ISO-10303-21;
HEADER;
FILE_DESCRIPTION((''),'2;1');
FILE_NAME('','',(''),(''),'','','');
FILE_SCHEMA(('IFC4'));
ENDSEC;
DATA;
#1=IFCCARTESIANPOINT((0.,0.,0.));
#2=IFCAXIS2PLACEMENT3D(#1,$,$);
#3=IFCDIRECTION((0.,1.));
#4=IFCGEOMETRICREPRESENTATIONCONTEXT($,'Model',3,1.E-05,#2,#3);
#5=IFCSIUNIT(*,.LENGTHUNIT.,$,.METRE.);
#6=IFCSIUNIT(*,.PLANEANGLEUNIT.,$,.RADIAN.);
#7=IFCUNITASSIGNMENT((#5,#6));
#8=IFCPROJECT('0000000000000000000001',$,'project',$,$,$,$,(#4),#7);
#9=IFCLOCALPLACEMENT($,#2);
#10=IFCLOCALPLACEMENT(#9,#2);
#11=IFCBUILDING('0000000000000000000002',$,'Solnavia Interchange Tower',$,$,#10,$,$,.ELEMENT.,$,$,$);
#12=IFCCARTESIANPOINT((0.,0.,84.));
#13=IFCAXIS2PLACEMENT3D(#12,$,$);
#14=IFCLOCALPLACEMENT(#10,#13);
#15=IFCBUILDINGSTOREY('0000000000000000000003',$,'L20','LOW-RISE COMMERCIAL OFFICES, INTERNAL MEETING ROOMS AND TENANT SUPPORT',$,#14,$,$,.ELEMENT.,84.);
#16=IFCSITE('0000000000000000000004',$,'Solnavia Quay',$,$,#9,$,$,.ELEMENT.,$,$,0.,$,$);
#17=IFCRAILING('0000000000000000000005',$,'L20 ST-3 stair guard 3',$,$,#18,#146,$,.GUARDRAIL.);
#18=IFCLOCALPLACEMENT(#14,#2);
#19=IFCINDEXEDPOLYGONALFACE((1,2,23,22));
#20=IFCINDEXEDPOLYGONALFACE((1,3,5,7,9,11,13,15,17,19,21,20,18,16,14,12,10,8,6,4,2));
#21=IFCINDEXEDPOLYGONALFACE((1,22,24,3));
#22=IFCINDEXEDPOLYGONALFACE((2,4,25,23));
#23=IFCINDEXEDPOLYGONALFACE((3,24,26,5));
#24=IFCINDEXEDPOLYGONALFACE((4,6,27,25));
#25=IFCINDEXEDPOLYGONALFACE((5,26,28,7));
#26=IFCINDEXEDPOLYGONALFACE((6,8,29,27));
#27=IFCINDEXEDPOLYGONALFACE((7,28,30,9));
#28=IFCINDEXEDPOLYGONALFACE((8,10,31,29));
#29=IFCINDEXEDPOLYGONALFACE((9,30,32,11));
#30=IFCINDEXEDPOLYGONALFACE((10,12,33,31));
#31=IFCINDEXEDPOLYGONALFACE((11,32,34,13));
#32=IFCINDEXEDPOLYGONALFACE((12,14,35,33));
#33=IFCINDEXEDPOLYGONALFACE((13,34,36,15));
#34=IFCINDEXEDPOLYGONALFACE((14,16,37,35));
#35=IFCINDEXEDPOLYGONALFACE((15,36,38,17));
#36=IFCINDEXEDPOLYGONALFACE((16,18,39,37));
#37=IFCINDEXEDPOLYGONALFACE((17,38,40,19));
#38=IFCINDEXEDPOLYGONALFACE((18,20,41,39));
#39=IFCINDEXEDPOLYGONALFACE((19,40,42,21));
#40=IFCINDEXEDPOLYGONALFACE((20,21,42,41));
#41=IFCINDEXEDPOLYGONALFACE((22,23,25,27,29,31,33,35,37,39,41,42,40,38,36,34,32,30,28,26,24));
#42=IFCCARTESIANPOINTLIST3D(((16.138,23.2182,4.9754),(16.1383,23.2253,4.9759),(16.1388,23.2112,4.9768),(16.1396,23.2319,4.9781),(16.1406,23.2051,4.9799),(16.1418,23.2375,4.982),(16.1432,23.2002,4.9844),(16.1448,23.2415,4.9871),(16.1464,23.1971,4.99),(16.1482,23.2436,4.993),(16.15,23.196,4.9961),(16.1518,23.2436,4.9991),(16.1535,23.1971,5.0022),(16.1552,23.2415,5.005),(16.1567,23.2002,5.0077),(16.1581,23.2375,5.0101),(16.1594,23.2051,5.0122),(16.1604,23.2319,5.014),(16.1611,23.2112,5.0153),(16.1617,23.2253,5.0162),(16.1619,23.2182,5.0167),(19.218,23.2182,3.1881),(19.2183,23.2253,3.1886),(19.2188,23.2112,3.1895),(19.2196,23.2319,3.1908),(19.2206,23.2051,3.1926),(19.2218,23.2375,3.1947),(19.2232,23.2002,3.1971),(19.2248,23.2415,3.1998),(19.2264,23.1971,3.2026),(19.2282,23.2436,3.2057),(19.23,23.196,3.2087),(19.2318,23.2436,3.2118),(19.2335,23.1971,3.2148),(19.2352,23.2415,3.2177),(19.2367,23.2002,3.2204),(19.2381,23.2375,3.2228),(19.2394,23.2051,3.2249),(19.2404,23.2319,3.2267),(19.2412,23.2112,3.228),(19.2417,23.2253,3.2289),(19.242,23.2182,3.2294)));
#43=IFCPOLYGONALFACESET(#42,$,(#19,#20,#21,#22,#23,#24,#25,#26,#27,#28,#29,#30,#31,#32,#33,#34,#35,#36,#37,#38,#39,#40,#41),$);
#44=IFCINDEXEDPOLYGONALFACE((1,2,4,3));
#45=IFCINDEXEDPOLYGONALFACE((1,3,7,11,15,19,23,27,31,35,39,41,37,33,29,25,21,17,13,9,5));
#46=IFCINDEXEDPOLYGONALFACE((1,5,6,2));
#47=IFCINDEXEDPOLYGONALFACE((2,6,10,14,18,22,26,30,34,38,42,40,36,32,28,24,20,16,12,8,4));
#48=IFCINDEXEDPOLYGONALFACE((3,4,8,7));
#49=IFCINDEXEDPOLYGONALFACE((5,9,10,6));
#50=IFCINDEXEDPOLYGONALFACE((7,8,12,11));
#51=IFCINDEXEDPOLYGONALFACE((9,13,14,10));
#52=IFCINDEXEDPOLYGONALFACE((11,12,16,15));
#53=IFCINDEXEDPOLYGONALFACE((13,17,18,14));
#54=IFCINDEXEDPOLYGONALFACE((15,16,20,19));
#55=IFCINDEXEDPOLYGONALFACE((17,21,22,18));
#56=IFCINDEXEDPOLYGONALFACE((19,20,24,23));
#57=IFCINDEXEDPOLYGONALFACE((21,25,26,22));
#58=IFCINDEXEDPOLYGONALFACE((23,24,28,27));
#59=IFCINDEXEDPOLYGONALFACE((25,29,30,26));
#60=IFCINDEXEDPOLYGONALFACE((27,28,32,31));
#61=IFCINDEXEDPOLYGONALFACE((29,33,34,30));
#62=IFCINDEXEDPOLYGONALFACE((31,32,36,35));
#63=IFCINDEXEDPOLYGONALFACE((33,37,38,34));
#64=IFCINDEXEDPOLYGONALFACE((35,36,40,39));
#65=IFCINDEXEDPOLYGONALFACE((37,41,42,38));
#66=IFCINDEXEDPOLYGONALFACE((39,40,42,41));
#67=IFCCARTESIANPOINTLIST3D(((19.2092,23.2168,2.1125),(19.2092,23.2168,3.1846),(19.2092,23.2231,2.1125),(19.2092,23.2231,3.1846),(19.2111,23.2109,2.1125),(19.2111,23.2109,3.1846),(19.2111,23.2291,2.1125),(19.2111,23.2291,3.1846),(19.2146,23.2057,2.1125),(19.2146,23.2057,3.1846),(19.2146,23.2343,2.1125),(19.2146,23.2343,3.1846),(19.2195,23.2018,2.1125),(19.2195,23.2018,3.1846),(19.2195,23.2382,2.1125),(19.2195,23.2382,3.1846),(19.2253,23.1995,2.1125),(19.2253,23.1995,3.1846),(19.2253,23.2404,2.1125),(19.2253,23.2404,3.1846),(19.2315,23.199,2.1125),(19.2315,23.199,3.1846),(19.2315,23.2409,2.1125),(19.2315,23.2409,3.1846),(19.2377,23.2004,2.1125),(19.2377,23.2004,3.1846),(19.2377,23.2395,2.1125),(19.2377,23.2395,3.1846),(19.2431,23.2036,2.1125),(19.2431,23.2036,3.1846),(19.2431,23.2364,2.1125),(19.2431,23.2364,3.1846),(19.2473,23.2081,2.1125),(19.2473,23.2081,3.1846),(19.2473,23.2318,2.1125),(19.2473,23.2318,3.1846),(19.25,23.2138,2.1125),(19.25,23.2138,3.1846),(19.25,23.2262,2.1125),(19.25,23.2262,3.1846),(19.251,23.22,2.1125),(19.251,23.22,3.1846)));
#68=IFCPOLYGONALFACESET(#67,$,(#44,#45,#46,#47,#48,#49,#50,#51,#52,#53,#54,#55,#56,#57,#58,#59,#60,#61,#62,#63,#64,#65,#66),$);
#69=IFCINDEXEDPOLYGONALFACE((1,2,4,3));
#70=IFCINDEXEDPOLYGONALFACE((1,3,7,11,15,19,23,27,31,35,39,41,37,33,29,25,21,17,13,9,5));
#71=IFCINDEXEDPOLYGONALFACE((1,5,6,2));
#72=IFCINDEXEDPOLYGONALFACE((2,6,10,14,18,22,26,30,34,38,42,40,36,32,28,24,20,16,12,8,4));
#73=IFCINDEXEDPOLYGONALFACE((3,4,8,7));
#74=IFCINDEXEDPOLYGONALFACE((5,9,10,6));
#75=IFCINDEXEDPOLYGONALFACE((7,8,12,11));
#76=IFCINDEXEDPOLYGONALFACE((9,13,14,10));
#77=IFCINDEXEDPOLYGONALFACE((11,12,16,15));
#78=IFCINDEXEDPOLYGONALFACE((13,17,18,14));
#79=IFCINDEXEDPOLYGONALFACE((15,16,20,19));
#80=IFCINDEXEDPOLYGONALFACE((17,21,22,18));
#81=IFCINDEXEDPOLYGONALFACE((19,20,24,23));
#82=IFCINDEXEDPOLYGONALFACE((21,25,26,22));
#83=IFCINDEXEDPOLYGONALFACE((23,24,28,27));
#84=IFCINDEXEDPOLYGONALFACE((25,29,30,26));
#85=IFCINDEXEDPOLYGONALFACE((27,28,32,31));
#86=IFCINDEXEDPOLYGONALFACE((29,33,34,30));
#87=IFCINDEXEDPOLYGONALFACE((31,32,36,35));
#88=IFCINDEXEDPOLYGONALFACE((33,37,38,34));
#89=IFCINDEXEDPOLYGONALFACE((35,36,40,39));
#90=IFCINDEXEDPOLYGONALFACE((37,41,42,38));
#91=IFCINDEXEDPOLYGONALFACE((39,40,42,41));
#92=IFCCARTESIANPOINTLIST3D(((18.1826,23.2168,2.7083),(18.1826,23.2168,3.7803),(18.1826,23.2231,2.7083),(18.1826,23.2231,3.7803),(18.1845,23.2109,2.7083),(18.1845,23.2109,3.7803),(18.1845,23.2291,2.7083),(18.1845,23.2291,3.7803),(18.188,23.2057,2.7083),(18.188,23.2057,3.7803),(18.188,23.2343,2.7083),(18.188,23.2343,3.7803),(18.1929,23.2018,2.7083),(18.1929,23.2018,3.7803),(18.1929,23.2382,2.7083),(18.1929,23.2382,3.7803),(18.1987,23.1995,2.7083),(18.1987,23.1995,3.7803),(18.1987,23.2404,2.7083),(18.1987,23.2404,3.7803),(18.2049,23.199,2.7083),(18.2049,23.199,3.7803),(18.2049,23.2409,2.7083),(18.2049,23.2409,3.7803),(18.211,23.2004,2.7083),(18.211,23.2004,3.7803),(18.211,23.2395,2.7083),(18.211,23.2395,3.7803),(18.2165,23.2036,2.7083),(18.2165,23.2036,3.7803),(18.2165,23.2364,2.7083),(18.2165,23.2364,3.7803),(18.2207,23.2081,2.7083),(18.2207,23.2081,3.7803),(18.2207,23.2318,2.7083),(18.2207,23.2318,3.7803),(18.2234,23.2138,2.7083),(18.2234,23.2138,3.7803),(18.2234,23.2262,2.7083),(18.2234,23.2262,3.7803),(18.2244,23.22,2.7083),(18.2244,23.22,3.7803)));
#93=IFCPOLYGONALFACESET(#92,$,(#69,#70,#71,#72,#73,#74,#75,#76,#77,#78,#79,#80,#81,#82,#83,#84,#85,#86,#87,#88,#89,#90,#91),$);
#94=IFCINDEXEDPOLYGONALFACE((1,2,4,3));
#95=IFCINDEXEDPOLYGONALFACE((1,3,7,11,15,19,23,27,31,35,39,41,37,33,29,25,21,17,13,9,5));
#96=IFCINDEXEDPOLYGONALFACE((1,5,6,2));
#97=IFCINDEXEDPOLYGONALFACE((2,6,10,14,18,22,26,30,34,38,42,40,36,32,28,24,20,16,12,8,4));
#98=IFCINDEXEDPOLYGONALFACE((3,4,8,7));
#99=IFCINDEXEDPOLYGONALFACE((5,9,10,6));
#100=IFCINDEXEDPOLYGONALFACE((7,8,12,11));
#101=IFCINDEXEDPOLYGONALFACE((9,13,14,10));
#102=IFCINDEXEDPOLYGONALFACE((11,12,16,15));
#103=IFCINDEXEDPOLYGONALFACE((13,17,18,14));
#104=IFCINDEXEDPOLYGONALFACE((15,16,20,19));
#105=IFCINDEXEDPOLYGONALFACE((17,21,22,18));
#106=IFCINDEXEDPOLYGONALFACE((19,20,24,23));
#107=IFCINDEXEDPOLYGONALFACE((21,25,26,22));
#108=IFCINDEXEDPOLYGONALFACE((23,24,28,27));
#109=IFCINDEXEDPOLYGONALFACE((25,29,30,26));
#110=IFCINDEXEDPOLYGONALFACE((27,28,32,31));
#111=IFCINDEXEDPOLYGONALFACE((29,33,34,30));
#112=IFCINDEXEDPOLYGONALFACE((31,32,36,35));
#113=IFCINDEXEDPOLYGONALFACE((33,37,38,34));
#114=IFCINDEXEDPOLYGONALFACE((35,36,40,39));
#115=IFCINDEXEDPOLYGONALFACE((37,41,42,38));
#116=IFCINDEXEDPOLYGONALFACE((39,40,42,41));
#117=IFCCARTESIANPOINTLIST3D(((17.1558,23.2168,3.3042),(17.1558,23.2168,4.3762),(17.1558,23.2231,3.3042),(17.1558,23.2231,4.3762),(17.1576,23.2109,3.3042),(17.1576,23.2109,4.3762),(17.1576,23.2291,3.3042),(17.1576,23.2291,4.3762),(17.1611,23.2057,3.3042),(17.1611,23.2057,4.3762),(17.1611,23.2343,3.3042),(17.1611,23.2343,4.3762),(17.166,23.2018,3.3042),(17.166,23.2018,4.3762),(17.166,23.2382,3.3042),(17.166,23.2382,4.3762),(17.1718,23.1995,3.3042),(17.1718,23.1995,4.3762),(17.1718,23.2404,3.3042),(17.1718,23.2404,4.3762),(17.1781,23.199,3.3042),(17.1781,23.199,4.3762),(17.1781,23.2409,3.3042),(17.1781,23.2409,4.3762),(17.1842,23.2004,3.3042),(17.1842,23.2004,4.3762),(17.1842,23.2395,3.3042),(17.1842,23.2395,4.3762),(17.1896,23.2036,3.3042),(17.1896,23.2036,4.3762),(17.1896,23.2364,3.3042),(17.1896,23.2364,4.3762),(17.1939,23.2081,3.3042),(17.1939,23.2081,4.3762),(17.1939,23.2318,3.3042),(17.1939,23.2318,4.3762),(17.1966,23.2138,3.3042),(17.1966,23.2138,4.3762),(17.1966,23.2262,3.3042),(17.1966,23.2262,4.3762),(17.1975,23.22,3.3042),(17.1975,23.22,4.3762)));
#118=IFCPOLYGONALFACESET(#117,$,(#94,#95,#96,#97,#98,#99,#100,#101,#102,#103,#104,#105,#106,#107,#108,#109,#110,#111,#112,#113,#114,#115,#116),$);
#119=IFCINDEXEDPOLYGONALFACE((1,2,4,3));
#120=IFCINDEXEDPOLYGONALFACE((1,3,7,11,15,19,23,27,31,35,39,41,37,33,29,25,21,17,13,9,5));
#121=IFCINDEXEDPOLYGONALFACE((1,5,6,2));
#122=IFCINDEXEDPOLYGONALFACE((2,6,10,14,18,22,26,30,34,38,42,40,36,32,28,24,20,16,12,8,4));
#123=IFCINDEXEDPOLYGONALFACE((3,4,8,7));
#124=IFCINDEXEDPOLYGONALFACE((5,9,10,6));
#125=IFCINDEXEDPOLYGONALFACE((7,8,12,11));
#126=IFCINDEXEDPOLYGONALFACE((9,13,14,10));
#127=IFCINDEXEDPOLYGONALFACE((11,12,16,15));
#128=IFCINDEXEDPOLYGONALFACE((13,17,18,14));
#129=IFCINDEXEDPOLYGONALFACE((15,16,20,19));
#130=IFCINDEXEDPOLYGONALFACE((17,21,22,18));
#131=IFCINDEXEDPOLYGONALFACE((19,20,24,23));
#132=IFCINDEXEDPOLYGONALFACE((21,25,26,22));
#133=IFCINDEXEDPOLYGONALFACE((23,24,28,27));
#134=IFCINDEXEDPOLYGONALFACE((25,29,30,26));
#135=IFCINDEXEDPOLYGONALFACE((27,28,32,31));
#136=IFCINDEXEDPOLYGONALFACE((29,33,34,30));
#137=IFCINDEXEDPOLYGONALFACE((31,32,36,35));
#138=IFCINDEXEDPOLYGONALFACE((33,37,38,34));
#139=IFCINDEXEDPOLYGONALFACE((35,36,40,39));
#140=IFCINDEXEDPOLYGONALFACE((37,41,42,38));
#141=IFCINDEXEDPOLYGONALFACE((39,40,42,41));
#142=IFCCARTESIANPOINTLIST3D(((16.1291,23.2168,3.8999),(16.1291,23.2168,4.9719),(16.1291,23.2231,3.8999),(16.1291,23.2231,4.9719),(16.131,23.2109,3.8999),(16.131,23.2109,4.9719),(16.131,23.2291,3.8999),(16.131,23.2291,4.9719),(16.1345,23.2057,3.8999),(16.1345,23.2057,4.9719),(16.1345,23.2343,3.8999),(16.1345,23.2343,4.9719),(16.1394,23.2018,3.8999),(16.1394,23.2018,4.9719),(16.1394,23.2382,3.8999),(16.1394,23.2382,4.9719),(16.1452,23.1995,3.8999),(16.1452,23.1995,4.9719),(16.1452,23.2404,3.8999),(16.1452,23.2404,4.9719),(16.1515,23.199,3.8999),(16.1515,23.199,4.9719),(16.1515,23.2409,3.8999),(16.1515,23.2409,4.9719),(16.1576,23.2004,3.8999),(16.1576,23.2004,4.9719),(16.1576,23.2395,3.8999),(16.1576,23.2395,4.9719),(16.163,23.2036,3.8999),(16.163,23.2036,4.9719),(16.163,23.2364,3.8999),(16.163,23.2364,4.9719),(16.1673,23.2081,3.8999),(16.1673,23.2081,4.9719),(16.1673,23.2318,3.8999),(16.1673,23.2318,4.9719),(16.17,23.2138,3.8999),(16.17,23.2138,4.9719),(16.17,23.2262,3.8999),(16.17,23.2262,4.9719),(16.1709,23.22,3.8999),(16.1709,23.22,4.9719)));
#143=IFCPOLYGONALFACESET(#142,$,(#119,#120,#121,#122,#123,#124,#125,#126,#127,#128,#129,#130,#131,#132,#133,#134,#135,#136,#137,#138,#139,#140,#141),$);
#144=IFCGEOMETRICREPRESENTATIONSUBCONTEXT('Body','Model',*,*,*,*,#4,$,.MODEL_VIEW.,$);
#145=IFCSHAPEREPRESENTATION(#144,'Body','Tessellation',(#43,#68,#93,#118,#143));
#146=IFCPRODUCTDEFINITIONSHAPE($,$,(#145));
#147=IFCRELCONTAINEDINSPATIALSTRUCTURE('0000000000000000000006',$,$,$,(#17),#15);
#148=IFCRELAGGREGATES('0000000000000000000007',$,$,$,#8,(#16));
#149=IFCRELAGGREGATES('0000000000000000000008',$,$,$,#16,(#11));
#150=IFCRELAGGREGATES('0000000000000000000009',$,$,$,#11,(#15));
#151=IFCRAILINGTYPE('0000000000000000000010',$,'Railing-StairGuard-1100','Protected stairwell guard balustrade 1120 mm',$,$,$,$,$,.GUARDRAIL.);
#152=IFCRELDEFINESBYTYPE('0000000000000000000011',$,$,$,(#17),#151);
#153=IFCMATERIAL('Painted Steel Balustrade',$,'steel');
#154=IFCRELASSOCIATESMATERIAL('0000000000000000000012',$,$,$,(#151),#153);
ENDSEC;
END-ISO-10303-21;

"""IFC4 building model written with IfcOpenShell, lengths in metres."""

from ifc_helpers import new_model, si_unit, direction, frame, origin, origin_2d, place, context, subcontext, project, spatial, circle, extrude, material, type_object, element, save


model = new_model("IFC4")

# Units and contexts
model_context = context("Model", 3, precision=1e-05, world=origin(), true_north=direction((0.0, 1.0)))
body_context = subcontext(model_context, "Body", "Model", "MODEL_VIEW")
ifc_project = project(units=[si_unit("LENGTHUNIT", "METRE"), si_unit("PLANEANGLEUNIT", "RADIAN")], contexts=[model_context])

# Site, building, storey
site_placement = place(None, origin())
site = spatial("IfcSite", under=ifc_project, at=site_placement, Name="Solnavia Quay", CompositionType="ELEMENT", RefElevation=0.0)
building_placement = place(site_placement, origin())
building = spatial("IfcBuilding", under=site, at=building_placement, Name="Solnavia Interchange Tower", CompositionType="ELEMENT")
storey_placement = place(building_placement, frame((0.0, 0.0, 84.0)))
storey = spatial("IfcBuildingStorey", under=building, at=storey_placement, Name="L20", Description="LOW-RISE COMMERCIAL OFFICES, INTERNAL MEETING ROOMS AND TENANT SUPPORT", CompositionType="ELEMENT", Elevation=84.0)

# Railing
ifc_material_1 = material(Name="Painted Steel Balustrade", Category="steel")
railing_type_1 = type_object("IfcRailingType", Name="Railing-StairGuard-1100", Description="Protected stairwell guard balustrade 1120 mm", PredefinedType="GUARDRAIL", material=ifc_material_1)
railing_1_placement = place(storey_placement, frame((19.23, 23.22, 2.1125)))
element("IfcRailing", 1, at=railing_1_placement, inside=storey, type_object=railing_type_1, Name="L20 ST-3 stair guard 3", PredefinedType="GUARDRAIL", context=body_context, shape_type="SweptSolid", body=[
    extrude(circle(Radius=0.0239, at=origin_2d()), frame((0.0, 0.0, 1.0962), z_axis=(-0.86492, 0.0, 0.501909), x_axis=(0.0, -1.0, 0.0)), (0.0, 0.0, 1.0), 3.561),
    extrude(circle(Radius=0.021, at=origin_2d()), origin(), (0.0, 0.0, 1.0), 1.072),
    extrude(circle(Radius=0.021, at=origin_2d()), frame((-1.0266, 0.0, 0.5957)), (0.0, 0.0, 1.0), 1.072),
    extrude(circle(Radius=0.021, at=origin_2d()), frame((-2.0535, 0.0, 1.1917)), (0.0, 0.0, 1.0), 1.072),
    extrude(circle(Radius=0.021, at=origin_2d()), frame((-3.0801, 0.0, 1.7874)), (0.0, 0.0, 1.0), 1.072),
])

save(model, "model.ifc")
